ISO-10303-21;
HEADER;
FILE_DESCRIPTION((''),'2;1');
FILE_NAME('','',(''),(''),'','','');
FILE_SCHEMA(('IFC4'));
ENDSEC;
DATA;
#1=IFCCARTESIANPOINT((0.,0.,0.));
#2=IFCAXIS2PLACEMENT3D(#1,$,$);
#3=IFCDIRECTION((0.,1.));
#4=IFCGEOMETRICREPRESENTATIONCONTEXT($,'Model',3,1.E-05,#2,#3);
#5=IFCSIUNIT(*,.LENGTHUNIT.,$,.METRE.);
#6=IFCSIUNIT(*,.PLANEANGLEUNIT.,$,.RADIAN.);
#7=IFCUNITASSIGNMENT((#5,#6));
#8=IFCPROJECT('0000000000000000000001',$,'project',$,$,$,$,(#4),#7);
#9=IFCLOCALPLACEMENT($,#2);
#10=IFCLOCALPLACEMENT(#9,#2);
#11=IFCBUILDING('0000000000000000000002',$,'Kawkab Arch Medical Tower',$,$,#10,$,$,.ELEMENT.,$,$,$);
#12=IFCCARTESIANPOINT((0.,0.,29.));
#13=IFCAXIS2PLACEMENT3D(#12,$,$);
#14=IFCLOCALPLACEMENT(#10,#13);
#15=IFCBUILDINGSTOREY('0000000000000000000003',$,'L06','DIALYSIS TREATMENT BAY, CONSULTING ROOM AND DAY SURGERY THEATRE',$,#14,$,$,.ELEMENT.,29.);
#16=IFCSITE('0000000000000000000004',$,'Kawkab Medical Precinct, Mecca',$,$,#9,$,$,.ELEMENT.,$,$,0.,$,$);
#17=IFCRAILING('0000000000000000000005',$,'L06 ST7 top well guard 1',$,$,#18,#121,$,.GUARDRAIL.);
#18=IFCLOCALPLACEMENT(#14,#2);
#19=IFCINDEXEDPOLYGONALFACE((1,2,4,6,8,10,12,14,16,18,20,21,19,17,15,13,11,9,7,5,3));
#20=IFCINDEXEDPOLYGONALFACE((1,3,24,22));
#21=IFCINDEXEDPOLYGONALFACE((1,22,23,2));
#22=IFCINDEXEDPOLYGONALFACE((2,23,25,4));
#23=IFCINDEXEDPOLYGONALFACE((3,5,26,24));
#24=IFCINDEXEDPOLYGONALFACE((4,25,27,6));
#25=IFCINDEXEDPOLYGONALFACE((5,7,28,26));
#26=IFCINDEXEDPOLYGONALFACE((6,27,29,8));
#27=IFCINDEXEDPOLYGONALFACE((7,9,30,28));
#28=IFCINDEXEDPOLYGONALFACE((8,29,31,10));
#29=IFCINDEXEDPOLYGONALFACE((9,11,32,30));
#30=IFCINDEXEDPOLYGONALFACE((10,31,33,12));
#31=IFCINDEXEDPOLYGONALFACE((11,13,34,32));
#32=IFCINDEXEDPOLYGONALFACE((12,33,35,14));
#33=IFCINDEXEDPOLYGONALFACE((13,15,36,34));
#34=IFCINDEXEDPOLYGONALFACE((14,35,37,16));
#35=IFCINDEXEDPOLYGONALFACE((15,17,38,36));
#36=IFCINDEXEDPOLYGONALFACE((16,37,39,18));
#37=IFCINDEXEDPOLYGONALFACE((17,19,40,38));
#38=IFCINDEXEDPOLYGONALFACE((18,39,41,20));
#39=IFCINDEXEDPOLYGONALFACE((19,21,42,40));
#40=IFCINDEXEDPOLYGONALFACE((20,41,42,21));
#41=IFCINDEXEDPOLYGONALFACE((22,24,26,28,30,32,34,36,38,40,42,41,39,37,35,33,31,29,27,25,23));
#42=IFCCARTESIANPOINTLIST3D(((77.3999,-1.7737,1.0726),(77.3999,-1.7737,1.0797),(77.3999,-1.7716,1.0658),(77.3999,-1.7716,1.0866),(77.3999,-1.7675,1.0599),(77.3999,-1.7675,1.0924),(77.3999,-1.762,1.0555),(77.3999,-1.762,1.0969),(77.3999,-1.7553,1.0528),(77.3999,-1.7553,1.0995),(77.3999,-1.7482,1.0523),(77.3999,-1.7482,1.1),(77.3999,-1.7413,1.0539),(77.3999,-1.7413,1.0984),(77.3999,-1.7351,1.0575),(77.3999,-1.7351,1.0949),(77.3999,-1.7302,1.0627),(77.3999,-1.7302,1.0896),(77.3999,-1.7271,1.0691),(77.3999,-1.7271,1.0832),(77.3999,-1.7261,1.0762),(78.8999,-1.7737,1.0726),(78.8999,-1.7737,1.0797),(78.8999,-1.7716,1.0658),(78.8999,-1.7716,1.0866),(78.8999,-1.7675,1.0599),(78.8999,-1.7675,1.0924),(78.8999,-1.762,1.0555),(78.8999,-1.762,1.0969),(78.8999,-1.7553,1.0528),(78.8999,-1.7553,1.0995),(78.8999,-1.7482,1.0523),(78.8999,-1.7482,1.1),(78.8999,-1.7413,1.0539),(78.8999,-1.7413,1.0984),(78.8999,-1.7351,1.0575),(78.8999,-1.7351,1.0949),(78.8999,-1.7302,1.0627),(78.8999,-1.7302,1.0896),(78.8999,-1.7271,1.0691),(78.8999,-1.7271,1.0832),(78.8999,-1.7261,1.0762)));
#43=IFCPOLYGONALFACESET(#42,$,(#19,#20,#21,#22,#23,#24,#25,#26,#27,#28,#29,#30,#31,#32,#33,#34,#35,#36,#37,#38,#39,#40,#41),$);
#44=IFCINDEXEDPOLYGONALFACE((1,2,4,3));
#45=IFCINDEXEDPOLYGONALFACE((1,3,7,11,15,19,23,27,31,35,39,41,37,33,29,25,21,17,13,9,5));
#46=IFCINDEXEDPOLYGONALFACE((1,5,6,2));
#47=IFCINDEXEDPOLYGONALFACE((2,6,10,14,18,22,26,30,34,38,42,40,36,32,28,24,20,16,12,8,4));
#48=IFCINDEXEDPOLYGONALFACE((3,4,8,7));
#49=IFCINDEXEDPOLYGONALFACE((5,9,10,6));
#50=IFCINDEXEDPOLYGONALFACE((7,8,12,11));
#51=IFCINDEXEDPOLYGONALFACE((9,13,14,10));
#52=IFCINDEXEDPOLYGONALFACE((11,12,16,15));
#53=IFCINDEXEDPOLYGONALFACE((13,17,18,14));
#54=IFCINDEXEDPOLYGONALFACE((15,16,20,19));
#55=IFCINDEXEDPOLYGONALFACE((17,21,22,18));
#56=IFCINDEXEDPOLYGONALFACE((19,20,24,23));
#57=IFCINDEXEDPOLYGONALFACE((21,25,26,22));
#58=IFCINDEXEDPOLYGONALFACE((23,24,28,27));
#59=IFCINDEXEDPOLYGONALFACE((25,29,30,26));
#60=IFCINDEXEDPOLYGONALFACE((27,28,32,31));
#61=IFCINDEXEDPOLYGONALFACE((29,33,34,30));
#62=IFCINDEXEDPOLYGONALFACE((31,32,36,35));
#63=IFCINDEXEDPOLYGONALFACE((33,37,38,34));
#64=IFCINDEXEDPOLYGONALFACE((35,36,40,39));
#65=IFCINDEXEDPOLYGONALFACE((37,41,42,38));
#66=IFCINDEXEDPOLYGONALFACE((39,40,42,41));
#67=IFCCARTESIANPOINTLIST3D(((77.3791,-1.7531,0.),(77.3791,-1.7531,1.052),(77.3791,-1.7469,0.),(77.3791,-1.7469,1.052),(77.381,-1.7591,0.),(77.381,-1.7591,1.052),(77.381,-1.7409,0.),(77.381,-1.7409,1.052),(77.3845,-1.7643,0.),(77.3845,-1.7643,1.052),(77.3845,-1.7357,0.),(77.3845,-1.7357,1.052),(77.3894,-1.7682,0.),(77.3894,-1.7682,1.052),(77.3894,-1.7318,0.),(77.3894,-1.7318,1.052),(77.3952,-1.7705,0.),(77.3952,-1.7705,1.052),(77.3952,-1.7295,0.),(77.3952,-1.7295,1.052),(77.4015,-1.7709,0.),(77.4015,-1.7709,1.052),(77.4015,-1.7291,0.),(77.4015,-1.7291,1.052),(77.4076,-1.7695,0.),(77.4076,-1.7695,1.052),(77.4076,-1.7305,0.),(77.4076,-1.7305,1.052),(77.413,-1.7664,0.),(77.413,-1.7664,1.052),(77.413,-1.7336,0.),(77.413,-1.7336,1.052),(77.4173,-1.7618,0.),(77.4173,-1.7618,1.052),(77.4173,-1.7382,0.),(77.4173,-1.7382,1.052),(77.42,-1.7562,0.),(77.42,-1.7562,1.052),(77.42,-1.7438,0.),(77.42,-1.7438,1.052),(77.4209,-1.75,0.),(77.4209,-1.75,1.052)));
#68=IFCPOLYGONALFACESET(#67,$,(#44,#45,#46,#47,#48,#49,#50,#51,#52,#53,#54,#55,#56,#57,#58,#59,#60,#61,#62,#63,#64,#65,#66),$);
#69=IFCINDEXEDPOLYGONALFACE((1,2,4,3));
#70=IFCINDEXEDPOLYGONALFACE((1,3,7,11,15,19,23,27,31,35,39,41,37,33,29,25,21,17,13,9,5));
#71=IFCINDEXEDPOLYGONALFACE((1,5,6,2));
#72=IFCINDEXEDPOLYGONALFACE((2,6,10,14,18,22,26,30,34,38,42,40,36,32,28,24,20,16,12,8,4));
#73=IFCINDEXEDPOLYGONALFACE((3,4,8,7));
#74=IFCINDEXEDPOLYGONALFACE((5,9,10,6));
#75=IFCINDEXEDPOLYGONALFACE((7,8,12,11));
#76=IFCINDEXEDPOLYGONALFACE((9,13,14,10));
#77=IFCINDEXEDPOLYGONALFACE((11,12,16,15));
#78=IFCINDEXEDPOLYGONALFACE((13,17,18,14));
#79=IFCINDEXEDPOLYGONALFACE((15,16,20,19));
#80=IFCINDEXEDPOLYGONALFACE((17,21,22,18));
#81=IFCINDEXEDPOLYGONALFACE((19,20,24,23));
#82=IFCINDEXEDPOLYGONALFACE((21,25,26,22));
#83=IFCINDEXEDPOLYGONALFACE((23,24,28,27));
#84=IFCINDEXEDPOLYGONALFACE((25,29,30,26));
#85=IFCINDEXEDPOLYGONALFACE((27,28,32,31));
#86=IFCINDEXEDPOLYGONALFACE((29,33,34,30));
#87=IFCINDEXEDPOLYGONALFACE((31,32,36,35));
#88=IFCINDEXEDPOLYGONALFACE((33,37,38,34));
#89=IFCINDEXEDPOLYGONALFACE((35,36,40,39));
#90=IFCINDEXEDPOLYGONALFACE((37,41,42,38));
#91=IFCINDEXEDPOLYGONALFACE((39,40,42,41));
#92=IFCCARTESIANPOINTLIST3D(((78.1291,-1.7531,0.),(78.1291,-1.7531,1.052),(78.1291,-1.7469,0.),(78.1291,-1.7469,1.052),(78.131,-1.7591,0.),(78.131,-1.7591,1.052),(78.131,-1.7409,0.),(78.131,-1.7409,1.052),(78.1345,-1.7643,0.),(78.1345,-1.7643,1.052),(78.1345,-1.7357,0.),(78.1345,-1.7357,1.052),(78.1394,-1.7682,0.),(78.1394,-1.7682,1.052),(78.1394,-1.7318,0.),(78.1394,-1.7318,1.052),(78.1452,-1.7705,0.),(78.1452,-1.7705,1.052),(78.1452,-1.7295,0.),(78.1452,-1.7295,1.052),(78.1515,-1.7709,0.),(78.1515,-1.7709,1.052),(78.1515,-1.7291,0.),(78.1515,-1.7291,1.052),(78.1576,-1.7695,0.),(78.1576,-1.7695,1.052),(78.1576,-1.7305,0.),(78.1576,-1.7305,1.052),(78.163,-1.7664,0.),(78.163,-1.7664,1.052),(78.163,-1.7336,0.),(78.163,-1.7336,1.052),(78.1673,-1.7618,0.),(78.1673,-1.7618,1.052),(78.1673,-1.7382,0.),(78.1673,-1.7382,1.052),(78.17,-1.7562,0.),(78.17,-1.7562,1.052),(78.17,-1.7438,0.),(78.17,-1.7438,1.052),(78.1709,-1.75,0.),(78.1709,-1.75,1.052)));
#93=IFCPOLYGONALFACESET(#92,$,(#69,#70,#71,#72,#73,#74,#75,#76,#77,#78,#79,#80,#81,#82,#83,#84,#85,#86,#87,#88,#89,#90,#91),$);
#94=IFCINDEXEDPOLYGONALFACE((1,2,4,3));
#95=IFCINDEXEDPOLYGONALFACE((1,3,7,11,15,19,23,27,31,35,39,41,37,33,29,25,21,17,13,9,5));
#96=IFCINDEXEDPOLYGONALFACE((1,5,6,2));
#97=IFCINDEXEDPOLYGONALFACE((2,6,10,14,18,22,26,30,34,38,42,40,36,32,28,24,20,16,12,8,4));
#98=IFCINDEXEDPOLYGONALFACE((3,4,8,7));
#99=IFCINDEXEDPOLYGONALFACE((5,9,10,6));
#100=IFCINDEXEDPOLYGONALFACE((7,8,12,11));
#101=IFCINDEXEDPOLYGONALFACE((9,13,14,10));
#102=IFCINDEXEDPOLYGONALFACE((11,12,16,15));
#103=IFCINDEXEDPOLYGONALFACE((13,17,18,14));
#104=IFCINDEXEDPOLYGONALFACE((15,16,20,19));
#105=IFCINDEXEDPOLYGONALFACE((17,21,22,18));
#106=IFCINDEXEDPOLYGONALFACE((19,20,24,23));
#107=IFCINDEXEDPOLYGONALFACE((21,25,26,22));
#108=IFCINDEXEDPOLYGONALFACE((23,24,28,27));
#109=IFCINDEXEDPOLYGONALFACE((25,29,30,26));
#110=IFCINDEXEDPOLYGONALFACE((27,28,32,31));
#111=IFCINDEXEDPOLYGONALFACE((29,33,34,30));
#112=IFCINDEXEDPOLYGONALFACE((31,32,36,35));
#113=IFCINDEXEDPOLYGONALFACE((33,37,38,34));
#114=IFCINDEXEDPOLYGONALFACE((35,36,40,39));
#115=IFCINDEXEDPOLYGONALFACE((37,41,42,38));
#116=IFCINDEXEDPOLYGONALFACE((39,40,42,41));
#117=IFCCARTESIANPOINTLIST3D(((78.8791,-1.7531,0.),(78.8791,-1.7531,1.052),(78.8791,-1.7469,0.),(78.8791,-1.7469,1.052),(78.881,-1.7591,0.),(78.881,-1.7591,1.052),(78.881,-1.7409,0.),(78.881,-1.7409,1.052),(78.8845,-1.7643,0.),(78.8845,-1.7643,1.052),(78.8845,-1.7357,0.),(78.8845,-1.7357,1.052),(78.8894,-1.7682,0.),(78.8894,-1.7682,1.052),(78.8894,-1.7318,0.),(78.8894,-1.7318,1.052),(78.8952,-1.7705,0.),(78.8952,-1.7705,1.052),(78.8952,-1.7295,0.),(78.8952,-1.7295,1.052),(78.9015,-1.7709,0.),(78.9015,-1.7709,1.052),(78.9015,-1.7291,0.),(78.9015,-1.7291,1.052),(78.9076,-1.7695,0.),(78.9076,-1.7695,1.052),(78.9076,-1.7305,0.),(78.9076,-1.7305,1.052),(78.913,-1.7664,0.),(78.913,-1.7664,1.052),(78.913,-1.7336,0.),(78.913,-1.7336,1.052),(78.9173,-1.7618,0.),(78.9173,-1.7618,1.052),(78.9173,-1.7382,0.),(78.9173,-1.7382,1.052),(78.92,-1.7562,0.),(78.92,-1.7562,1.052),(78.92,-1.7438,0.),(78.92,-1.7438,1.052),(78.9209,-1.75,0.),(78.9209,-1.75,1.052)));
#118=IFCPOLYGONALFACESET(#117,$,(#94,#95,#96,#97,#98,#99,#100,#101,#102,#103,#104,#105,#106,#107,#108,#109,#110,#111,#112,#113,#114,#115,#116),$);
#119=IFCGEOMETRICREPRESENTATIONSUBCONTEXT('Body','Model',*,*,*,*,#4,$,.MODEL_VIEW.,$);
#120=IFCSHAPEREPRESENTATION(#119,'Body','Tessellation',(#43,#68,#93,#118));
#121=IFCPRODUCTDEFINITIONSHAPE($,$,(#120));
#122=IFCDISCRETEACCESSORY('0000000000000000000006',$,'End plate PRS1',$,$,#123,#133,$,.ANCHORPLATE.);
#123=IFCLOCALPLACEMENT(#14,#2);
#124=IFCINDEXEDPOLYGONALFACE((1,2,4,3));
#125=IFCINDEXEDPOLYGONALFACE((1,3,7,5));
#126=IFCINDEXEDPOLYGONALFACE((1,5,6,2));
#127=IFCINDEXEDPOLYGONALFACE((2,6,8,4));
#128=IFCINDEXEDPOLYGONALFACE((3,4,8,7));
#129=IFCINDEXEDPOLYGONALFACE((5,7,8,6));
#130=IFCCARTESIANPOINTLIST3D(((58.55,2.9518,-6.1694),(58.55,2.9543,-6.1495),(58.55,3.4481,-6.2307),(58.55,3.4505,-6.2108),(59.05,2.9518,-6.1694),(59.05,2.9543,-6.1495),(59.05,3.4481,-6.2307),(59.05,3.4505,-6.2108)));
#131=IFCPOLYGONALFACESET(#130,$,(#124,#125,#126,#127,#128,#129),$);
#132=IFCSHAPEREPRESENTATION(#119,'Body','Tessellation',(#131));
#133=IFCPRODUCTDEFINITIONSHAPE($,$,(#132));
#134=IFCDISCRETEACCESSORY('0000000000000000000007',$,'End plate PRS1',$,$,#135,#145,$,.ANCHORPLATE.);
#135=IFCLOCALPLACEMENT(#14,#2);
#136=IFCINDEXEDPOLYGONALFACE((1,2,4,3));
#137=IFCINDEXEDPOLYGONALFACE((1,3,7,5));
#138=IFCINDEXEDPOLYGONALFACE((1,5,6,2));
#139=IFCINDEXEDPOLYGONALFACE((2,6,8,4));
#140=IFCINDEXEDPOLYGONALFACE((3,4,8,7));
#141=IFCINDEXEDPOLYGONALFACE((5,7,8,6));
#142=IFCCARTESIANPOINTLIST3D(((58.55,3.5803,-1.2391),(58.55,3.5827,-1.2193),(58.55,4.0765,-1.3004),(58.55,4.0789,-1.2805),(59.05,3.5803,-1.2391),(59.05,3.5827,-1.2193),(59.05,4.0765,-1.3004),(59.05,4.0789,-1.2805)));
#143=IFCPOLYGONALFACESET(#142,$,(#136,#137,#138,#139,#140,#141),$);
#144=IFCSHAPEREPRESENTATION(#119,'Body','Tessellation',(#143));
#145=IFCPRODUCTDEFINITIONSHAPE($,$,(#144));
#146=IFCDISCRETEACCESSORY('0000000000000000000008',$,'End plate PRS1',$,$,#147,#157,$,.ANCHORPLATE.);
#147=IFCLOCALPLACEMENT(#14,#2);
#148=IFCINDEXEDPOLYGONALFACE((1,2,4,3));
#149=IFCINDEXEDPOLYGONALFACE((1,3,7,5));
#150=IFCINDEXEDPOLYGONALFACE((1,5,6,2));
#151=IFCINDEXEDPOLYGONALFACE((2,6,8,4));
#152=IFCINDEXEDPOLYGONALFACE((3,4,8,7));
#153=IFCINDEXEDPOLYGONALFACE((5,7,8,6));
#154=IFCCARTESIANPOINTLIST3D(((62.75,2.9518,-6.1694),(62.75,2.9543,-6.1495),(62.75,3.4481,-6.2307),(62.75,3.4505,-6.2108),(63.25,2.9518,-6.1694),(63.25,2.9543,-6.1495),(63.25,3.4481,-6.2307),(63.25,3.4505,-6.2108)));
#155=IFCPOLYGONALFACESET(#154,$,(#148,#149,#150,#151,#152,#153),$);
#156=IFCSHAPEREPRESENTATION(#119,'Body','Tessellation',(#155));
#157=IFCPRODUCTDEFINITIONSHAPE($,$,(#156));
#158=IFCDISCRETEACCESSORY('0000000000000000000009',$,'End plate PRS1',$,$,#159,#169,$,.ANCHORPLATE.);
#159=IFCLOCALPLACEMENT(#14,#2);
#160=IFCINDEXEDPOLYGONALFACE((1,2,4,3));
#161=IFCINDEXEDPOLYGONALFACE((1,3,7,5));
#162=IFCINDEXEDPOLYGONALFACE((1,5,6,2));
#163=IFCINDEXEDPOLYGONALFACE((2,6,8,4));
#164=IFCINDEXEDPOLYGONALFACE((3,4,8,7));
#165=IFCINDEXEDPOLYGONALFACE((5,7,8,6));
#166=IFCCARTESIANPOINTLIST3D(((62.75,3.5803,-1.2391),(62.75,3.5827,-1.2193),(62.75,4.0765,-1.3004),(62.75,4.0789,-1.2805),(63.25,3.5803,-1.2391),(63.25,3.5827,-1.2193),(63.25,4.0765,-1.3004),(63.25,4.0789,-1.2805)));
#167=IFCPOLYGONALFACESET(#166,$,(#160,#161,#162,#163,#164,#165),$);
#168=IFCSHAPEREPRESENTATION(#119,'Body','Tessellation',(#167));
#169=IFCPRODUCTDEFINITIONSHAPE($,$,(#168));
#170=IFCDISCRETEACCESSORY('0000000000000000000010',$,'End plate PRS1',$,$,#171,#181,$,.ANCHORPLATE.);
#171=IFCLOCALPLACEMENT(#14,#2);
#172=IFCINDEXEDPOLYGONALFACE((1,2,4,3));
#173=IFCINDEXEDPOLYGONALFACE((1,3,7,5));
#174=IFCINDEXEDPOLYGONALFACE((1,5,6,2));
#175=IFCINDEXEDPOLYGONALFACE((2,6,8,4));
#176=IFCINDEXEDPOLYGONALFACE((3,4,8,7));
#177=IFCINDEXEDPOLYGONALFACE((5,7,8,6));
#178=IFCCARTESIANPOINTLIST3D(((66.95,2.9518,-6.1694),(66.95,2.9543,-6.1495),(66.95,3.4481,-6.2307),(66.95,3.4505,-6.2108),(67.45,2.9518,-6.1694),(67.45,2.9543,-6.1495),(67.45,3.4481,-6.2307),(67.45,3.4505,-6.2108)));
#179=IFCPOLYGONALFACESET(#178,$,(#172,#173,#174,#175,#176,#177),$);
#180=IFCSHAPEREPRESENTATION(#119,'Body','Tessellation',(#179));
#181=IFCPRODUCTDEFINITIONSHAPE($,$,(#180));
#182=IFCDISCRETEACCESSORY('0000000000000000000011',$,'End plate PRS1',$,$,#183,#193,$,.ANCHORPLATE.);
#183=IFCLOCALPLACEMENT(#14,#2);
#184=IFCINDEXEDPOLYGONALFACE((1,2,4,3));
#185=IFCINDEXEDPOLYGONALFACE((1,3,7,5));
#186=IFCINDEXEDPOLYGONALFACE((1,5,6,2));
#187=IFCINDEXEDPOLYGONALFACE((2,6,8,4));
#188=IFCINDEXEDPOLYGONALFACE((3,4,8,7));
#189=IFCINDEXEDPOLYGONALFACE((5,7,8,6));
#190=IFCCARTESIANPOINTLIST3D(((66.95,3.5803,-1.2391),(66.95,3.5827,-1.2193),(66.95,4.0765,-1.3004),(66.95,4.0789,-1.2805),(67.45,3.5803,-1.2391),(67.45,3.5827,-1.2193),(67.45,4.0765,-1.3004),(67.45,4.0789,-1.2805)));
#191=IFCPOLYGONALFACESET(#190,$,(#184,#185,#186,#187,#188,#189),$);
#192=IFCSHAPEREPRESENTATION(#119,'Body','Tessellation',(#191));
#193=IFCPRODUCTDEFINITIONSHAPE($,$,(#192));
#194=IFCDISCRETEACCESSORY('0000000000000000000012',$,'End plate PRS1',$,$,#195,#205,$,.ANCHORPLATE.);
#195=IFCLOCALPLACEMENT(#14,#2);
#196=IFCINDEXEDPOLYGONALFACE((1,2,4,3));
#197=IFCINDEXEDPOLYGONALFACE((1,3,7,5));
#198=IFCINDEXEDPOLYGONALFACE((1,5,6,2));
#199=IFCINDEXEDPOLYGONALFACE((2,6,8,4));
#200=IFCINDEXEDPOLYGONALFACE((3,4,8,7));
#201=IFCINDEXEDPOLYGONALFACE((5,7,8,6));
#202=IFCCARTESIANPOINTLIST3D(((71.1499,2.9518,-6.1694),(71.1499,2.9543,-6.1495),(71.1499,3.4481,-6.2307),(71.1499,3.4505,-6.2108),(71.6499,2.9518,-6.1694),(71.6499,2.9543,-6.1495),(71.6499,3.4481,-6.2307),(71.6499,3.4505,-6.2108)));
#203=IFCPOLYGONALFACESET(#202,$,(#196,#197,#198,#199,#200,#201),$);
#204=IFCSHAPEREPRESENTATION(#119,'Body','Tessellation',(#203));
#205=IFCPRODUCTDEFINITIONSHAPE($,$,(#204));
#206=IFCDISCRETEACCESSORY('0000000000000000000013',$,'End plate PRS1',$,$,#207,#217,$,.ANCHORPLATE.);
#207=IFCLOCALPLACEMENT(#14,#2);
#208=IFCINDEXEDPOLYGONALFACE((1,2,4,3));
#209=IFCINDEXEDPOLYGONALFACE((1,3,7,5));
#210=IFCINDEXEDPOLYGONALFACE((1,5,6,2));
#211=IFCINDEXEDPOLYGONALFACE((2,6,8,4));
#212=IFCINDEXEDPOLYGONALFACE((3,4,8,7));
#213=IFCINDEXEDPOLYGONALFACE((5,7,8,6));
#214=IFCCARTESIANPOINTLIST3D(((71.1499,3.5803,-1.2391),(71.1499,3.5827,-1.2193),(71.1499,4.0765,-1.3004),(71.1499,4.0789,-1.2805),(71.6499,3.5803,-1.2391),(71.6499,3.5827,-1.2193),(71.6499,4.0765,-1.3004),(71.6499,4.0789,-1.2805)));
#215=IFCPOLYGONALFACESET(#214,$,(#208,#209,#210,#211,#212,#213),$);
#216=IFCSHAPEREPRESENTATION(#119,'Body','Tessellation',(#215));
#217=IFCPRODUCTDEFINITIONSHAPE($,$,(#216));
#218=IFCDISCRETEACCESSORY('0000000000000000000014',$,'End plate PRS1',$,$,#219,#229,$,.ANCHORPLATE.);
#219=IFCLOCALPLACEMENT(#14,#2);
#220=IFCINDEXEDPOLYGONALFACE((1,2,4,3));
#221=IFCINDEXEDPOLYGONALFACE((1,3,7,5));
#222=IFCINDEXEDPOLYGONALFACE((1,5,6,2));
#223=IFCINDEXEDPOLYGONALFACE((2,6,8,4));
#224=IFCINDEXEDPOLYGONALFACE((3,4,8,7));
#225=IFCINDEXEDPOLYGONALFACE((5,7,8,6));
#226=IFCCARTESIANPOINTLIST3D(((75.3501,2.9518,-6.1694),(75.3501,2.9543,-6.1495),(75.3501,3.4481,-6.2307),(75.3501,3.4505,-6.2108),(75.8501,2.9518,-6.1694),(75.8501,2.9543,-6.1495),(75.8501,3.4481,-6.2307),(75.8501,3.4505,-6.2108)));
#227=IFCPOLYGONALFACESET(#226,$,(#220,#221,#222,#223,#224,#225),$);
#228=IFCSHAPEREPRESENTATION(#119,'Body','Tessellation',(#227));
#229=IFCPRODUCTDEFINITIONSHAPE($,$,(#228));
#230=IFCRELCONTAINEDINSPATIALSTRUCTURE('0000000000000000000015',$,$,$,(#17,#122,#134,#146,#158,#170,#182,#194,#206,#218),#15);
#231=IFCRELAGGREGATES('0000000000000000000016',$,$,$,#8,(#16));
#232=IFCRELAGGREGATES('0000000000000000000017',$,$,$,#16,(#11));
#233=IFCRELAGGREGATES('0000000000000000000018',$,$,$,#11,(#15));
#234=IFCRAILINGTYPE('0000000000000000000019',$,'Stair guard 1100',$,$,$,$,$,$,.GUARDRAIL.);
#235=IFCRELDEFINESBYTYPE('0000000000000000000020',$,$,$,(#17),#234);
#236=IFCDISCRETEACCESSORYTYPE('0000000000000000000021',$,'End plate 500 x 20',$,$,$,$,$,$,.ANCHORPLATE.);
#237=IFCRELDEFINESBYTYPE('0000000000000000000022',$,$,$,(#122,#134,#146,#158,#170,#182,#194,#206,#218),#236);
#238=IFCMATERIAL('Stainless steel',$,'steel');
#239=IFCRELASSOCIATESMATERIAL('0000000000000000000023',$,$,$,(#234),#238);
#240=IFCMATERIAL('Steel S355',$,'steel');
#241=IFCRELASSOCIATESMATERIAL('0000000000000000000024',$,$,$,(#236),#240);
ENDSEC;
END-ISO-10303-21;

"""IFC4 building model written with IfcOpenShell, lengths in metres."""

from ifc_helpers import new_model, si_unit, direction, frame, origin, origin_2d, place, context, subcontext, project, spatial, rectangle, circle, extrude, material, material_profile, profile_set, type_object, element, save


model = new_model("IFC4")

# Units and contexts
model_context = context("Model", 3, precision=1e-05, world=origin(), true_north=direction((0.0, 1.0)))
body_context = subcontext(model_context, "Body", "Model", "MODEL_VIEW")
ifc_project = project(units=[si_unit("LENGTHUNIT", "METRE"), si_unit("PLANEANGLEUNIT", "RADIAN")], contexts=[model_context])

# Site, building, storey
site_placement = place(None, origin())
site = spatial("IfcSite", under=ifc_project, at=site_placement, Name="Kawkab Medical Precinct, Mecca", CompositionType="ELEMENT", RefElevation=0.0)
building_placement = place(site_placement, origin())
building = spatial("IfcBuilding", under=site, at=building_placement, Name="Kawkab Arch Medical Tower", CompositionType="ELEMENT")
storey_placement = place(building_placement, frame((0.0, 0.0, 29.0)))
storey = spatial("IfcBuildingStorey", under=building, at=storey_placement, Name="L06", Description="DIALYSIS TREATMENT BAY, CONSULTING ROOM AND DAY SURGERY THEATRE", CompositionType="ELEMENT", Elevation=29.0)

# Railing
ifc_material_1 = material(Name="Stainless steel", Category="steel")
railing_type = type_object("IfcRailingType", Name="Stair guard 1100", PredefinedType="GUARDRAIL", material=ifc_material_1)
railing_placement = place(storey_placement, frame((77.3999, -1.75, 0.0)))
element("IfcRailing", 1, at=railing_placement, inside=storey, type_object=railing_type, Name="L06 ST7 top well guard 1", PredefinedType="GUARDRAIL", context=body_context, shape_type="SweptSolid", body=[
    extrude(circle(Radius=0.0239, at=origin_2d()), frame((0.0, 0.0, 1.0762), z_axis=(1.0, 0.0, 0.0), x_axis=(0.0, 1.0, 0.0)), (0.0, 0.0, 1.0), 1.5),
    extrude(circle(Radius=0.021, at=origin_2d()), origin(), (0.0, 0.0, 1.0), 1.052),
    extrude(circle(Radius=0.021, at=origin_2d()), frame((0.75, 0.0, 0.0)), (0.0, 0.0, 1.0), 1.052),
    extrude(circle(Radius=0.021, at=origin_2d()), frame((1.5, 0.0, 0.0)), (0.0, 0.0, 1.0), 1.052),
])

# Discrete accessories
ifc_material_2 = material(Name="Steel S355", Category="steel")
ifc_material_profile_1 = material_profile(ifc_material_2, rectangle(XDim=0.5, YDim=0.5, at=origin_2d()), Name="End plate 500 x 20")
ifc_profile_set_1 = profile_set([ifc_material_profile_1], Name="Steel S355")
discrete_accessory_type = type_object("IfcDiscreteAccessoryType", Name="End plate 500 x 20", PredefinedType="ANCHORPLATE", material=ifc_profile_set_1)
for number, where, z_axis, x_axis, name in (
    (2, (58.8, 3.2024, -6.1802), (0.0, -0.122527, -0.992465), (1.0, 0.0, 0.0), "End plate PRS1"),
    (3, (58.8, 3.8284, -1.2698), (0.0, 0.122527, 0.992465), (-1.0, 0.0, 0.0), "End plate PRS1"),
    (4, (63.0, 3.2024, -6.1802), (0.0, -0.122527, -0.992465), (1.0, 0.0, 0.0), "End plate PRS1"),
    (5, (63.0, 3.8284, -1.2698), (0.0, 0.122527, 0.992465), (-1.0, 0.0, 0.0), "End plate PRS1"),
    (6, (67.2, 3.2024, -6.1802), (0.0, -0.122527, -0.992465), (1.0, 0.0, 0.0), "End plate PRS1"),
    (7, (67.2, 3.8284, -1.2698), (0.0, 0.122527, 0.992465), (-1.0, 0.0, 0.0), "End plate PRS1"),
    (8, (71.3999, 3.2024, -6.1802), (0.0, -0.122527, -0.992465), (1.0, 0.0, 0.0), "End plate PRS1"),
    (9, (71.3999, 3.8284, -1.2698), (0.0, 0.122527, 0.992465), (-1.0, 0.0, 0.0), "End plate PRS1"),
    (10, (75.6001, 3.2024, -6.1802), (0.0, -0.122527, -0.992465), (1.0, 0.0, 0.0), "End plate PRS1"),
):
    element("IfcDiscreteAccessory", number, at=place(storey_placement, frame(where, z_axis=z_axis, x_axis=x_axis)), inside=storey, type_object=discrete_accessory_type, Name=name, PredefinedType="ANCHORPLATE", context=body_context, shape_type="SweptSolid", body=[
        extrude(rectangle(XDim=0.5, YDim=0.5, at=origin_2d()), origin(), (0.0, 0.0, 1.0), 0.02),
    ])

save(model, "model.ifc")
